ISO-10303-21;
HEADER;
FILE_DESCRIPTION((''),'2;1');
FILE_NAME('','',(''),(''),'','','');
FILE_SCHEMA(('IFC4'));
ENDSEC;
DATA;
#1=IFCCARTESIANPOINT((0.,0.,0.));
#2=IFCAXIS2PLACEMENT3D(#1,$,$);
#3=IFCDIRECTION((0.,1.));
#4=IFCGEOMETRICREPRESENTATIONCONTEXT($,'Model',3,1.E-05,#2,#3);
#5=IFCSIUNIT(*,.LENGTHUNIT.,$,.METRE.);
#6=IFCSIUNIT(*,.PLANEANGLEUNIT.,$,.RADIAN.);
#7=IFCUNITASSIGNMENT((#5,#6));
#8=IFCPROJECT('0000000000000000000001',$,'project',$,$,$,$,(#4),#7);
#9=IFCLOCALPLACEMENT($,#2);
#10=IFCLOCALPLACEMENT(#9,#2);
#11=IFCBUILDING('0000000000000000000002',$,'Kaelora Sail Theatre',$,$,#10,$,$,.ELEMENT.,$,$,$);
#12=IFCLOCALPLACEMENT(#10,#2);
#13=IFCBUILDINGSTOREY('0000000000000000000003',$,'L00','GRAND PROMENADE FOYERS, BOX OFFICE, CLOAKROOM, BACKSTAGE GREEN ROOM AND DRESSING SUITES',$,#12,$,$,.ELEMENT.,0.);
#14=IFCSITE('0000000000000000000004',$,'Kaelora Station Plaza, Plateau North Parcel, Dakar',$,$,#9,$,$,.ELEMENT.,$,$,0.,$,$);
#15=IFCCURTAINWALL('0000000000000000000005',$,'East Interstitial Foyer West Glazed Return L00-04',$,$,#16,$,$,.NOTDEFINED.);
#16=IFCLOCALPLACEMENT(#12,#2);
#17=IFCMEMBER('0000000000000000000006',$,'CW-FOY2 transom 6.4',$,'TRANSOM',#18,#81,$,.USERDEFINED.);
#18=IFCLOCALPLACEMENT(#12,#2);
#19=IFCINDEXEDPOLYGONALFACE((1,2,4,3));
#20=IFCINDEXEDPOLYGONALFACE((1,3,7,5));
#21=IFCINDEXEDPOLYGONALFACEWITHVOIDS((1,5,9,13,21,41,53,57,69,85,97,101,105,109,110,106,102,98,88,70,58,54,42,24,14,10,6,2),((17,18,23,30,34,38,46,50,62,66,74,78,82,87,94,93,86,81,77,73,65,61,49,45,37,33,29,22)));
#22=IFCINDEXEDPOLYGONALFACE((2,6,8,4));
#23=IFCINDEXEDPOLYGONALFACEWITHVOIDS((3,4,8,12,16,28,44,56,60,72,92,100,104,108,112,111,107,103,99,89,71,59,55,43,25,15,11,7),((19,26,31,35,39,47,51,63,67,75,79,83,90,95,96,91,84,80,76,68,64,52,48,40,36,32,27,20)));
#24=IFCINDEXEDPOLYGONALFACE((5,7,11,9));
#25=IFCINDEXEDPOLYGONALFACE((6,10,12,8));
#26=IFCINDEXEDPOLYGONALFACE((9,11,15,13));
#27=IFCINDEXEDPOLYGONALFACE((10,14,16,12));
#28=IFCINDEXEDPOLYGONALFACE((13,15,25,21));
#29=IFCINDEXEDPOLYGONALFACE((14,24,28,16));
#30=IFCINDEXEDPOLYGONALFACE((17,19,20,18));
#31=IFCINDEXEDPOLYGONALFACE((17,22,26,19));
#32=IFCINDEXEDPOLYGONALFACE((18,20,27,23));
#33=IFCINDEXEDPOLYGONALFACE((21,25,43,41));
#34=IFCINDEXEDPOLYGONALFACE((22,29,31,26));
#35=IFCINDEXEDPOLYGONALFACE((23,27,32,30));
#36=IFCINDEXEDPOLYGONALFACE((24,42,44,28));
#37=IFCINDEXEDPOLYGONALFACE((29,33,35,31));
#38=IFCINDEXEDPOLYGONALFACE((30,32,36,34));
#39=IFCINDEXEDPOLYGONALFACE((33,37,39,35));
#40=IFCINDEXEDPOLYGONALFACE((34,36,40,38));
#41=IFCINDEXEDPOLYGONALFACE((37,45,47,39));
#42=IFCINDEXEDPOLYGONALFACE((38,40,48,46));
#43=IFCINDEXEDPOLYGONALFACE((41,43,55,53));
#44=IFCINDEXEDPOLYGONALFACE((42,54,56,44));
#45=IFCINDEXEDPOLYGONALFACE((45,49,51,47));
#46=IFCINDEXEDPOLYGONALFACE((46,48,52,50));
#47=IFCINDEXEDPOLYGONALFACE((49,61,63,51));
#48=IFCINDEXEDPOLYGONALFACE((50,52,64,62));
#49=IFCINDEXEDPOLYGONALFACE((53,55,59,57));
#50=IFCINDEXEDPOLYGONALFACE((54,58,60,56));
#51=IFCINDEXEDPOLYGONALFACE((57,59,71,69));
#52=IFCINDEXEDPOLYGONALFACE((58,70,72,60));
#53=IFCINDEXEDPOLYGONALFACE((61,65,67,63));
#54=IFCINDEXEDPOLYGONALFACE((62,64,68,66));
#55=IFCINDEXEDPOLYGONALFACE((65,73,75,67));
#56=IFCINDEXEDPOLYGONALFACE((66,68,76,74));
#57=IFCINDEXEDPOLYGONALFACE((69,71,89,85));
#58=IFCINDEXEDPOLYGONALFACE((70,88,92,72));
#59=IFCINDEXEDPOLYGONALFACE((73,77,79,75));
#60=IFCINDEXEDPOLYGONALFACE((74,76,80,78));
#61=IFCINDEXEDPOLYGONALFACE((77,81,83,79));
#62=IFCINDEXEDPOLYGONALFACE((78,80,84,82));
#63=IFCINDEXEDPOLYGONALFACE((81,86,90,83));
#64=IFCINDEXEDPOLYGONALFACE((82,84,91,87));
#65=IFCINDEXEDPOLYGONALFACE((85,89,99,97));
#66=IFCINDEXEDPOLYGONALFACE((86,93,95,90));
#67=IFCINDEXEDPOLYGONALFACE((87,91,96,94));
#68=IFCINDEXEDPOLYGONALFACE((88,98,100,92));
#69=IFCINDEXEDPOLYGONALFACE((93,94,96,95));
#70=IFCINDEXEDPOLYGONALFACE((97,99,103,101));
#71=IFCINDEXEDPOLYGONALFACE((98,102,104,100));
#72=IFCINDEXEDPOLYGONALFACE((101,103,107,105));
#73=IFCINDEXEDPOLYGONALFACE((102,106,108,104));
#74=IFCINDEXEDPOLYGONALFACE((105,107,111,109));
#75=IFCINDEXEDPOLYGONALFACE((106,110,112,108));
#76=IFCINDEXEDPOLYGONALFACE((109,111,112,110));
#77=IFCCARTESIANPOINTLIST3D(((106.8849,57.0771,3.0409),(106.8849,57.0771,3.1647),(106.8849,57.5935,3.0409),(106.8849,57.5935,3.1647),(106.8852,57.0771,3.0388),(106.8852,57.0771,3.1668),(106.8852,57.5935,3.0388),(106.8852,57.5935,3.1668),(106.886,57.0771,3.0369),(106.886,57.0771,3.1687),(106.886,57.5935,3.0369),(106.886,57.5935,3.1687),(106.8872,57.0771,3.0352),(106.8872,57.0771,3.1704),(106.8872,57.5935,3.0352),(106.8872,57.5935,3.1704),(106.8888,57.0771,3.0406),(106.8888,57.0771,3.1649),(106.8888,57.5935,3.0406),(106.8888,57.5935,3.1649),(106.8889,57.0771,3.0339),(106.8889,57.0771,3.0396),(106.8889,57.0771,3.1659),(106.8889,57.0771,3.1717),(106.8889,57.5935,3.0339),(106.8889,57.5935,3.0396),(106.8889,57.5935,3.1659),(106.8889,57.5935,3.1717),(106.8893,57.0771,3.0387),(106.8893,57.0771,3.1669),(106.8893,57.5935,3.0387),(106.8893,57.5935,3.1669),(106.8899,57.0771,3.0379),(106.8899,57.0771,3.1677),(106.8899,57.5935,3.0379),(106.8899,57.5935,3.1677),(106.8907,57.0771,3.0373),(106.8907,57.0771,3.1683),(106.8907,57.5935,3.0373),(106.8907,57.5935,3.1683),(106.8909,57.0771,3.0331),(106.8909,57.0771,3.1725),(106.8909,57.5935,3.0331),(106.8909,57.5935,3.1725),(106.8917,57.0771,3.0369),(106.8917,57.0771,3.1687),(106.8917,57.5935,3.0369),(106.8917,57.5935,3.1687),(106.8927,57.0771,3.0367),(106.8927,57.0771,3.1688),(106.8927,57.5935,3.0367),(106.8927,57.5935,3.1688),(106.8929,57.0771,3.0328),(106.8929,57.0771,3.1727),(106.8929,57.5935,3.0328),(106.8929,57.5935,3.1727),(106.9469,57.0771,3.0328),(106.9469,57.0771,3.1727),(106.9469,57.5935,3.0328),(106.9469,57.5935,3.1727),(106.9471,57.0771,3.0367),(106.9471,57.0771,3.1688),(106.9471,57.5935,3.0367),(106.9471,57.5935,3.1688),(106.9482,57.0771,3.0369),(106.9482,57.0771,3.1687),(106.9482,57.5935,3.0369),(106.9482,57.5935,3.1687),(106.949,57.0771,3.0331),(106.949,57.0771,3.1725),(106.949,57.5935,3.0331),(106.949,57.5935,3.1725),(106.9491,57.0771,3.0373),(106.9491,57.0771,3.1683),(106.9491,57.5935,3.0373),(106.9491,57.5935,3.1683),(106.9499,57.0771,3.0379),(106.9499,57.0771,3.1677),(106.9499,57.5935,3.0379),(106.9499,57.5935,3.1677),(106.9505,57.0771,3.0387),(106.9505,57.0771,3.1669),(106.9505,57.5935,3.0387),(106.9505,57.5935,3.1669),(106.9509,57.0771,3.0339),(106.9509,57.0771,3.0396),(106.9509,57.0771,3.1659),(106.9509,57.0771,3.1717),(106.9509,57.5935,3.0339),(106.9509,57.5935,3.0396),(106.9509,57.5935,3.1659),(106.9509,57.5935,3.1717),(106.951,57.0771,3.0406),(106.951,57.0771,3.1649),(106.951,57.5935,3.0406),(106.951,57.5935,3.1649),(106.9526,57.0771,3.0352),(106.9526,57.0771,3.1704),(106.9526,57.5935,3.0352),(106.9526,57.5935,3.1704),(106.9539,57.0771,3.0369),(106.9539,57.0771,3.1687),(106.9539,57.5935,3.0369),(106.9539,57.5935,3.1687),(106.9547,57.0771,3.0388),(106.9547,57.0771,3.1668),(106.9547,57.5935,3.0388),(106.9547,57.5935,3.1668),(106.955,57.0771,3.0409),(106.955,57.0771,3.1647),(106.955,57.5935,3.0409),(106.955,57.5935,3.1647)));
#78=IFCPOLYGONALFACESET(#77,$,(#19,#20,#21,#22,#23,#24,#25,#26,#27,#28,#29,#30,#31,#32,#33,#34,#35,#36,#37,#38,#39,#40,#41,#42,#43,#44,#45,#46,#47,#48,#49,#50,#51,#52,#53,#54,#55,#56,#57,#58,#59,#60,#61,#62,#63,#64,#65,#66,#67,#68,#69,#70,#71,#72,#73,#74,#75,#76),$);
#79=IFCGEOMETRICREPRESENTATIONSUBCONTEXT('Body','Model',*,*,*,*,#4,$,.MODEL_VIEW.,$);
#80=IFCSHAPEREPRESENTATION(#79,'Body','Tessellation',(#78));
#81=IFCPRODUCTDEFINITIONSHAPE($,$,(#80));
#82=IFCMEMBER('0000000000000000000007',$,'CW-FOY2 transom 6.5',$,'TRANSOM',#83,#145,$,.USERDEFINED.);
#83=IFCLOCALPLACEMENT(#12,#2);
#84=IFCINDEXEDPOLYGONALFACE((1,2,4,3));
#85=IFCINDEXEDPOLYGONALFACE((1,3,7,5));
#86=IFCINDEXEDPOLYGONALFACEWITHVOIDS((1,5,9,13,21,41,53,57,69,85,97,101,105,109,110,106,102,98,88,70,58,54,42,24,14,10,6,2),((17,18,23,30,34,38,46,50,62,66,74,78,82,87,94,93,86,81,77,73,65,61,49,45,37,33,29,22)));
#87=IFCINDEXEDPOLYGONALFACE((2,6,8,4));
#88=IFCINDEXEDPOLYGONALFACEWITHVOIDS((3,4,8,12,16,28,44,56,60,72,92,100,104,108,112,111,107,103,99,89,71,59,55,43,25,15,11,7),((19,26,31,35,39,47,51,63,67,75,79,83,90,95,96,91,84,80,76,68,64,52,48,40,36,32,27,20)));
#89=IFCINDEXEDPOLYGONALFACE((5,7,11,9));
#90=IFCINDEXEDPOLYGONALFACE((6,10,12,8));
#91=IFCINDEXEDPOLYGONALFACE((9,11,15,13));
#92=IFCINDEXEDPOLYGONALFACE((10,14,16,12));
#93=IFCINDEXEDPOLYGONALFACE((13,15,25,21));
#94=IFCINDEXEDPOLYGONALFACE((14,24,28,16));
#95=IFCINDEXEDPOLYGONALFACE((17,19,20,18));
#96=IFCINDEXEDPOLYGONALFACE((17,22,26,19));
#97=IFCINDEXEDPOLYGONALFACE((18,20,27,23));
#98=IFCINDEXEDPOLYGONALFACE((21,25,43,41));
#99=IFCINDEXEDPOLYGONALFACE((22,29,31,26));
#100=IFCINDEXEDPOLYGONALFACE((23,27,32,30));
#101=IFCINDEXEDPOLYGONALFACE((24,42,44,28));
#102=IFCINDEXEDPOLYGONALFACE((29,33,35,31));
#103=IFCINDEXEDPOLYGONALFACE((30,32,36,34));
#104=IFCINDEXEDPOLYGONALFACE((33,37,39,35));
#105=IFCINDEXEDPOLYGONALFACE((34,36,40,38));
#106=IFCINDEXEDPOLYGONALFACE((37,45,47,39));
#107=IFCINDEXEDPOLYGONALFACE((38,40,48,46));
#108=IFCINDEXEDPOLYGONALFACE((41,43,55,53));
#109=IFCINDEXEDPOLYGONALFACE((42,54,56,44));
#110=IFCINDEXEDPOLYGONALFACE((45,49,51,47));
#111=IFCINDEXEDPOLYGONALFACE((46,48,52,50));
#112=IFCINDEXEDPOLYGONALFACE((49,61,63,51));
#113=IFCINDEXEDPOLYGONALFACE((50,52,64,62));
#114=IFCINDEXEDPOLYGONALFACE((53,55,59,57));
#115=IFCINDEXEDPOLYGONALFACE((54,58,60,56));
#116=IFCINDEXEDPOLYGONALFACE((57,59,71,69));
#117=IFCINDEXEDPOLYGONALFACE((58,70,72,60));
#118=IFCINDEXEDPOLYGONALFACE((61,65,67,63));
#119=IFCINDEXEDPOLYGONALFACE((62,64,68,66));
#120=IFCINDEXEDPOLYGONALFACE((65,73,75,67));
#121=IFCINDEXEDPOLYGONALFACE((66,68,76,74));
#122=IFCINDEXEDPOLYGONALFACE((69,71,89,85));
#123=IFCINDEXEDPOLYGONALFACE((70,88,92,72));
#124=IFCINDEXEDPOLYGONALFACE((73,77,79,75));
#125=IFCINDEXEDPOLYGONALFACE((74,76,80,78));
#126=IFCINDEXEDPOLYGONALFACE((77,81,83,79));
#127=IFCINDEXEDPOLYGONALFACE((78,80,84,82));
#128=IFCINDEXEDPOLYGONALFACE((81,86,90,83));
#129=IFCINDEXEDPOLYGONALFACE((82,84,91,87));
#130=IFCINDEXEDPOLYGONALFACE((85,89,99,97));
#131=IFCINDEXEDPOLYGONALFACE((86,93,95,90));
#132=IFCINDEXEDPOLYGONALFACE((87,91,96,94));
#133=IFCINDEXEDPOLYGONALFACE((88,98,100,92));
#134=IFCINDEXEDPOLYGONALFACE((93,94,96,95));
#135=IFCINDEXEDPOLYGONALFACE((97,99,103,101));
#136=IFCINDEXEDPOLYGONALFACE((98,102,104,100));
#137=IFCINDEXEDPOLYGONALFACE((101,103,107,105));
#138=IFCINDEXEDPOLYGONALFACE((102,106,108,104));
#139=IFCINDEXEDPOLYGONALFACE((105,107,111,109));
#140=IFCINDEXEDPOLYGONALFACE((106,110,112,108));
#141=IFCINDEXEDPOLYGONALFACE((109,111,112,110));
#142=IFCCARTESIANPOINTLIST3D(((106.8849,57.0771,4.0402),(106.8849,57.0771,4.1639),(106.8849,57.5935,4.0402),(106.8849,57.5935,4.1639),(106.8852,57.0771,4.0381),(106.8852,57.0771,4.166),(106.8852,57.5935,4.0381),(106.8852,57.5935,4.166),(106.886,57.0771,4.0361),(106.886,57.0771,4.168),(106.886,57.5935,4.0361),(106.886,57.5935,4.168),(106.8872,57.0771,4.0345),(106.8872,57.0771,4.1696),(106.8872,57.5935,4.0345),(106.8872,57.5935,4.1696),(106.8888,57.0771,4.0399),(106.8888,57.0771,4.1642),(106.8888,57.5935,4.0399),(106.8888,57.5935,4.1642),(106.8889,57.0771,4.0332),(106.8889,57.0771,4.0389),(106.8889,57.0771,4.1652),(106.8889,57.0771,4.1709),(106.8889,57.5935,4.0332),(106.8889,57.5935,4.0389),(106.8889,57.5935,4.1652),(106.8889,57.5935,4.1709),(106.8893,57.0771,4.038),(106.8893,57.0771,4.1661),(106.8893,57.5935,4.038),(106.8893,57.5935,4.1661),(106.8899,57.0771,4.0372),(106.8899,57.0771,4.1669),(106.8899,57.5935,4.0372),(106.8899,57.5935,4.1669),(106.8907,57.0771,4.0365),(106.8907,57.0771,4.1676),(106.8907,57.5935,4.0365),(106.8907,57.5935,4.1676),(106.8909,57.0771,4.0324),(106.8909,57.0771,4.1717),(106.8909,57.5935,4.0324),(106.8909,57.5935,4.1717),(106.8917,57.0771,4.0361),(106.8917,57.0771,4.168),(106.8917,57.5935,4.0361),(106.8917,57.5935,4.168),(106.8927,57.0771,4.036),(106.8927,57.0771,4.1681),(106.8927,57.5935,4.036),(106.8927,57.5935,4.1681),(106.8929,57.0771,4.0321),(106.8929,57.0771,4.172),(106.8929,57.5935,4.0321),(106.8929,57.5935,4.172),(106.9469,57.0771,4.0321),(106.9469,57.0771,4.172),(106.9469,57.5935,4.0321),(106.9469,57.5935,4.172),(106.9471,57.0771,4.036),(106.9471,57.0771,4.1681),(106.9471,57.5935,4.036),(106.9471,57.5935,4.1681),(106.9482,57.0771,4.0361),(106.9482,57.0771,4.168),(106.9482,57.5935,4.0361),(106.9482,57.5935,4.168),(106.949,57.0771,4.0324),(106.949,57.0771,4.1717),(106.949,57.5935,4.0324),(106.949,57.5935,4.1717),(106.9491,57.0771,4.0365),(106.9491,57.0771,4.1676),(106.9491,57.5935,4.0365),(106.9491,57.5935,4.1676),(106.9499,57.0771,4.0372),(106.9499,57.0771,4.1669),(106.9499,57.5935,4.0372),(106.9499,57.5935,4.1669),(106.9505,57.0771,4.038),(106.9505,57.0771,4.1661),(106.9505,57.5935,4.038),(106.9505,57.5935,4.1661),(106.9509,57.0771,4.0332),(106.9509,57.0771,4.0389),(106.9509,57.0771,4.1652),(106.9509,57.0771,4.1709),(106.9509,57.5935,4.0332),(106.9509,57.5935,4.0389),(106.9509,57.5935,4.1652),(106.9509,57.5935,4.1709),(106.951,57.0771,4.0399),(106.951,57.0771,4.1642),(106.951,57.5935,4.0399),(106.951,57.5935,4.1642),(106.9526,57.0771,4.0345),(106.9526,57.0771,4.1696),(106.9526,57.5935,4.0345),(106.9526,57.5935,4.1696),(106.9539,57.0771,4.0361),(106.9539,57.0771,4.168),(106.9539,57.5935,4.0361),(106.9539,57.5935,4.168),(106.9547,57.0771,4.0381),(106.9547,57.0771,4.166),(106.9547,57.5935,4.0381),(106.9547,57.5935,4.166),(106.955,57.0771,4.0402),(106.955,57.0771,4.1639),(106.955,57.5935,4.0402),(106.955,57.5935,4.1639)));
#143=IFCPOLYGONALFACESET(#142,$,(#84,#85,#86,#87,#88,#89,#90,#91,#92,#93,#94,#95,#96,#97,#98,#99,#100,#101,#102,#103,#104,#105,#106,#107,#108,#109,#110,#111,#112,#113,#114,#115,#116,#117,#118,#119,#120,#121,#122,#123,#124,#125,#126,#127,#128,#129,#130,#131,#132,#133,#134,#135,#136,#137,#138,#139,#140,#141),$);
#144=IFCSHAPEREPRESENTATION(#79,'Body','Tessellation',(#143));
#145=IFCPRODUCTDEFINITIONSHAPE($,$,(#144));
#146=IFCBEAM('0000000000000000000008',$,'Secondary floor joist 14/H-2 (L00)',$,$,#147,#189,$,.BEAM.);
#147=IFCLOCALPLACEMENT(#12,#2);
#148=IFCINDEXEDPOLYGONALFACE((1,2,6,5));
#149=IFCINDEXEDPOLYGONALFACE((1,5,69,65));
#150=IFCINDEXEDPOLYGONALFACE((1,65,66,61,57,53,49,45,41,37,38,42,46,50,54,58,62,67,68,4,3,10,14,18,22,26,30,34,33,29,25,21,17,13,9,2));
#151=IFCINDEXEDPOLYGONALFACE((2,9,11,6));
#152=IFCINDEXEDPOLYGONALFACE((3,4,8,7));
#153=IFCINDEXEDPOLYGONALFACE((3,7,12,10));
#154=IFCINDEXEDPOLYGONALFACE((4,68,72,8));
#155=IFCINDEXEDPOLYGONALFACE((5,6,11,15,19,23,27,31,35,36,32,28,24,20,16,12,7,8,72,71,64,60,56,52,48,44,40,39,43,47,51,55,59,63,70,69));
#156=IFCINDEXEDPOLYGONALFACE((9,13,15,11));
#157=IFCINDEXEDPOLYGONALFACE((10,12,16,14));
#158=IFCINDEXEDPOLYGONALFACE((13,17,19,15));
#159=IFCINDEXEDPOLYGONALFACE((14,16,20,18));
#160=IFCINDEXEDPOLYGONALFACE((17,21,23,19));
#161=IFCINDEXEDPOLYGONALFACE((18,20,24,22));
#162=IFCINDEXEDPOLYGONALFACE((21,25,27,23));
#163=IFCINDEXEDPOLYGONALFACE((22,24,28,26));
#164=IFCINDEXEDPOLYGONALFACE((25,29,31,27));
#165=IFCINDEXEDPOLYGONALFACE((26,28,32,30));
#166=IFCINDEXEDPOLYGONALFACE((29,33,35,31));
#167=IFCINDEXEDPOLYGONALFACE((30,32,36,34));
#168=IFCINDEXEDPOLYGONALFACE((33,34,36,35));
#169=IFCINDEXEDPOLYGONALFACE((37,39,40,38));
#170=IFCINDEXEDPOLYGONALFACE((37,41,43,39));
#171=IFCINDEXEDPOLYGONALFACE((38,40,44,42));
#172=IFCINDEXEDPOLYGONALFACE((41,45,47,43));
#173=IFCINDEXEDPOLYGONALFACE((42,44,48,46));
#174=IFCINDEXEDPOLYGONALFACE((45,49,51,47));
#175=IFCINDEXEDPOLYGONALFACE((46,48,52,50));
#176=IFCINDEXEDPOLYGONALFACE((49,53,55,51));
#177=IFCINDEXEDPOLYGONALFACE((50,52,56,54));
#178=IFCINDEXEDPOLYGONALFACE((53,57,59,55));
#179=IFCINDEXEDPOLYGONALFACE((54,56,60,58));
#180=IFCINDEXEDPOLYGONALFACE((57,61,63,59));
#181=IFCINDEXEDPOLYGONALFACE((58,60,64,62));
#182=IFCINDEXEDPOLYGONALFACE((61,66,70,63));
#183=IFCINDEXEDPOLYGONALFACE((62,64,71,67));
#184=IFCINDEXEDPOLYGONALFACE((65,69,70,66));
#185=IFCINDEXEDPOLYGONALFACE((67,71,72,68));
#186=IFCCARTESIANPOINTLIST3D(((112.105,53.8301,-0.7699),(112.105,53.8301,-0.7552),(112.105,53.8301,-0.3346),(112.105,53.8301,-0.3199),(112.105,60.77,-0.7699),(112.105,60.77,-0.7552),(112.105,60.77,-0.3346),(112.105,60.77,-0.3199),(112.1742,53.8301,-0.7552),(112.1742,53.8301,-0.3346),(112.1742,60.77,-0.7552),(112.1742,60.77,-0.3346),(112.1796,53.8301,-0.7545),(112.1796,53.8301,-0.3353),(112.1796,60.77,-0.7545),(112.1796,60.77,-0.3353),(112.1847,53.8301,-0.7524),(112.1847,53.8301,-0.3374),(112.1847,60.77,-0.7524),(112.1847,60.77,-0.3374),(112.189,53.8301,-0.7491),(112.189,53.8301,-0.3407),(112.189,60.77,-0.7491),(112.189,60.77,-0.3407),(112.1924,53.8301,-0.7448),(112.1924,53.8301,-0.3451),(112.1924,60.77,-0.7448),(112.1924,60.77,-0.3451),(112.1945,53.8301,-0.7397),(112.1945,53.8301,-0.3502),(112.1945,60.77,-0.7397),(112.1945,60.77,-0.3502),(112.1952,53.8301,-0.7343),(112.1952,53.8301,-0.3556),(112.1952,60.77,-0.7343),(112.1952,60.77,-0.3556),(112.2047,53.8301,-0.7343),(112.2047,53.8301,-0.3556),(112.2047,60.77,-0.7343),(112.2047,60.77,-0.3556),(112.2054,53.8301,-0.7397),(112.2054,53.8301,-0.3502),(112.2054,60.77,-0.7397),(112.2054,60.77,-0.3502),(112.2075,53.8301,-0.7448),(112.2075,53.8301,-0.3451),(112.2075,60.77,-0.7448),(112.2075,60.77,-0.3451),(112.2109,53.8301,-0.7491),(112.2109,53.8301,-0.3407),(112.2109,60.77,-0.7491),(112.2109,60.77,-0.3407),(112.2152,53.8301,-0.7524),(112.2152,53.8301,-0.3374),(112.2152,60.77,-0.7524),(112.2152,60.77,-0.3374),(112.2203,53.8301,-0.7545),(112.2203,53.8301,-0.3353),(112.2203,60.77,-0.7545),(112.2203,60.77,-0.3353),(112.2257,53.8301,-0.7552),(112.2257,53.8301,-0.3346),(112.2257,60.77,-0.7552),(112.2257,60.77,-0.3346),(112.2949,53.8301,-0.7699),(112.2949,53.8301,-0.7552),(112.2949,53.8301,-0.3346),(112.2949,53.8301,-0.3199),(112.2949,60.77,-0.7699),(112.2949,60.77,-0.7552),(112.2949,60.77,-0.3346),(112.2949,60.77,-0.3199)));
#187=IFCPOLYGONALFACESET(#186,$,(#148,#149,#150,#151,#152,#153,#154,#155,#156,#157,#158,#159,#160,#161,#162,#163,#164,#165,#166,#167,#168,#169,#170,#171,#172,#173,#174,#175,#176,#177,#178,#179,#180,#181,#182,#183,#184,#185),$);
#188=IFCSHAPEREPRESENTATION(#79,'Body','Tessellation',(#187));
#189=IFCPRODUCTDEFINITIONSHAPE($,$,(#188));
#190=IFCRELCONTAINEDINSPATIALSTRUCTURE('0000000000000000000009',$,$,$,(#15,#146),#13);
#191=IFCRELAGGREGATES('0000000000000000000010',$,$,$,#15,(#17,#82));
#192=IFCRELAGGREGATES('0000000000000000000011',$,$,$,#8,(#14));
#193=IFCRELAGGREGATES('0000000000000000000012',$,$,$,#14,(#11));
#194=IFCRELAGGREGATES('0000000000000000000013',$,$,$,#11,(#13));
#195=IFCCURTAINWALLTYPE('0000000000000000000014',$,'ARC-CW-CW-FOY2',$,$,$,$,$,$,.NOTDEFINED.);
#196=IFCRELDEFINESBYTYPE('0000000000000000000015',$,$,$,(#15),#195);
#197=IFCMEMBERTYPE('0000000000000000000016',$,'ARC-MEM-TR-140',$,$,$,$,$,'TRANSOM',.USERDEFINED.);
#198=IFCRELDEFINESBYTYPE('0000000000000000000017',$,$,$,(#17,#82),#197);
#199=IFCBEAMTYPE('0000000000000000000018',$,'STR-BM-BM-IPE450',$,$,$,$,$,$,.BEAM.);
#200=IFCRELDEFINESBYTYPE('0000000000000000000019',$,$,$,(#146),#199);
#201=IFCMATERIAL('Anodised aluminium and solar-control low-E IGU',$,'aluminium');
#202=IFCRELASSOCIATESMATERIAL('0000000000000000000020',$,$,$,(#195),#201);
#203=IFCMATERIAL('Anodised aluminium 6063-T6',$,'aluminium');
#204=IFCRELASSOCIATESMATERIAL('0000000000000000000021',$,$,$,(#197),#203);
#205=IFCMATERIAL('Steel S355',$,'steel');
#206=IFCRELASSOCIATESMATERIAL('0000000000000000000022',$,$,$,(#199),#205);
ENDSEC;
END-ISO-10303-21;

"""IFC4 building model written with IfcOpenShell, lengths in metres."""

from ifc_helpers import new_model, si_unit, direction, frame, origin, origin_2d, place, context, subcontext, project, spatial, hollow_rectangle, i_section, extrude, material, material_profile, profile_set, type_object, element, aggregate, save


model = new_model("IFC4")

# Units and contexts
model_context = context("Model", 3, precision=1e-05, world=origin(), true_north=direction((0.0, 1.0)))
body_context = subcontext(model_context, "Body", "Model", "MODEL_VIEW")
ifc_project = project(units=[si_unit("LENGTHUNIT", "METRE"), si_unit("PLANEANGLEUNIT", "RADIAN")], contexts=[model_context])

# Site, building, storey
site_placement = place(None, origin())
site = spatial("IfcSite", under=ifc_project, at=site_placement, Name="Kaelora Station Plaza, Plateau North Parcel, Dakar", CompositionType="ELEMENT", RefElevation=0.0)
building_placement = place(site_placement, origin())
building = spatial("IfcBuilding", under=site, at=building_placement, Name="Kaelora Sail Theatre", CompositionType="ELEMENT")
storey_placement = place(building_placement, origin())
storey = spatial("IfcBuildingStorey", under=building, at=storey_placement, Name="L00", Description="GRAND PROMENADE FOYERS, BOX OFFICE, CLOAKROOM, BACKSTAGE GREEN ROOM AND DRESSING SUITES", CompositionType="ELEMENT", Elevation=0.0)

# Curtain wall
ifc_material_1 = material(Name="Anodised aluminium and solar-control low-E IGU", Category="aluminium")
curtain_wall_type = type_object("IfcCurtainWallType", Name="ARC-CW-CW-FOY2", PredefinedType="NOTDEFINED", material=ifc_material_1)
curtain_wall_placement = place(storey_placement, origin())
curtain_wall = element("IfcCurtainWall", 1, at=curtain_wall_placement, inside=storey, type_object=curtain_wall_type, Name="East Interstitial Foyer West Glazed Return L00-04", PredefinedType="NOTDEFINED")

# Members
ifc_material_2 = material(Name="Anodised aluminium 6063-T6", Category="aluminium")
ifc_material_profile_1 = material_profile(ifc_material_2, hollow_rectangle(XDim=0.0701, YDim=0.1399, WallThickness=0.0039, InnerFilletRadius=0.0039, OuterFilletRadius=0.0081, at=origin_2d()), Name="ALU-TRAN 70x140x4")
ifc_profile_set_1 = profile_set([ifc_material_profile_1], Name="Anodised aluminium 6063-T6")
member_type_1 = type_object("IfcMemberType", Name="ARC-MEM-TR-140", ElementType="TRANSOM", PredefinedType="USERDEFINED", material=ifc_profile_set_1)
member_1_placement = place(storey_placement, frame((106.9199, 57.0771, 3.1028), z_axis=(0.0, 1.0, 0.0), x_axis=(-1.0, 0.0, 0.0)))
member_1 = element("IfcMember", 2, at=member_1_placement, type_object=member_type_1, Name="CW-FOY2 transom 6.4", ObjectType="TRANSOM", PredefinedType="USERDEFINED", context=body_context, shape_type="SweptSolid", body=[
    extrude(hollow_rectangle(XDim=0.0701, YDim=0.1399, WallThickness=0.0039, InnerFilletRadius=0.0039, OuterFilletRadius=0.0081, at=origin_2d()), origin(), (0.0, 0.0, 1.0), 0.5164),
])
member_2_placement = place(storey_placement, frame((106.9199, 57.0771, 4.1021), z_axis=(0.0, 1.0, 0.0), x_axis=(-1.0, 0.0, 0.0)))
member_2 = element("IfcMember", 3, at=member_2_placement, type_object=member_type_1, Name="CW-FOY2 transom 6.5", ObjectType="TRANSOM", PredefinedType="USERDEFINED", context=body_context, shape_type="SweptSolid", body=[
    extrude(hollow_rectangle(XDim=0.0701, YDim=0.1399, WallThickness=0.0039, InnerFilletRadius=0.0039, OuterFilletRadius=0.0081, at=origin_2d()), origin(), (0.0, 0.0, 1.0), 0.5164),
])
aggregate(curtain_wall, [member_1, member_2])

# Beam
ifc_material_3 = material(Name="Steel S355", Category="steel")
ifc_material_profile_2 = material_profile(ifc_material_3, i_section(OverallWidth=0.1899, OverallDepth=0.45, WebThickness=0.0095, FlangeThickness=0.0146, FilletRadius=0.021, at=origin_2d()), Name="IPE 450")
ifc_profile_set_2 = profile_set([ifc_material_profile_2], Name="Steel S355")
beam_type_1 = type_object("IfcBeamType", Name="STR-BM-BM-IPE450", PredefinedType="BEAM", material=ifc_profile_set_2)
for number, where, z_axis, x_axis, name in (
    (4, (112.2, 53.8301, -0.5449), (0.0, 1.0, 0.0), (-1.0, 0.0, 0.0), "Secondary floor joist 14/H-2 (L00)"),
):
    element("IfcBeam", number, at=place(storey_placement, frame(where, z_axis=z_axis, x_axis=x_axis)), inside=storey, type_object=beam_type_1, Name=name, PredefinedType="BEAM", context=body_context, shape_type="SweptSolid", body=[
        extrude(i_section(OverallWidth=0.1899, OverallDepth=0.45, WebThickness=0.0095, FlangeThickness=0.0146, FilletRadius=0.021, at=origin_2d()), origin(), (0.0, 0.0, 1.0), 6.9399),
    ])

save(model, "model.ifc")
